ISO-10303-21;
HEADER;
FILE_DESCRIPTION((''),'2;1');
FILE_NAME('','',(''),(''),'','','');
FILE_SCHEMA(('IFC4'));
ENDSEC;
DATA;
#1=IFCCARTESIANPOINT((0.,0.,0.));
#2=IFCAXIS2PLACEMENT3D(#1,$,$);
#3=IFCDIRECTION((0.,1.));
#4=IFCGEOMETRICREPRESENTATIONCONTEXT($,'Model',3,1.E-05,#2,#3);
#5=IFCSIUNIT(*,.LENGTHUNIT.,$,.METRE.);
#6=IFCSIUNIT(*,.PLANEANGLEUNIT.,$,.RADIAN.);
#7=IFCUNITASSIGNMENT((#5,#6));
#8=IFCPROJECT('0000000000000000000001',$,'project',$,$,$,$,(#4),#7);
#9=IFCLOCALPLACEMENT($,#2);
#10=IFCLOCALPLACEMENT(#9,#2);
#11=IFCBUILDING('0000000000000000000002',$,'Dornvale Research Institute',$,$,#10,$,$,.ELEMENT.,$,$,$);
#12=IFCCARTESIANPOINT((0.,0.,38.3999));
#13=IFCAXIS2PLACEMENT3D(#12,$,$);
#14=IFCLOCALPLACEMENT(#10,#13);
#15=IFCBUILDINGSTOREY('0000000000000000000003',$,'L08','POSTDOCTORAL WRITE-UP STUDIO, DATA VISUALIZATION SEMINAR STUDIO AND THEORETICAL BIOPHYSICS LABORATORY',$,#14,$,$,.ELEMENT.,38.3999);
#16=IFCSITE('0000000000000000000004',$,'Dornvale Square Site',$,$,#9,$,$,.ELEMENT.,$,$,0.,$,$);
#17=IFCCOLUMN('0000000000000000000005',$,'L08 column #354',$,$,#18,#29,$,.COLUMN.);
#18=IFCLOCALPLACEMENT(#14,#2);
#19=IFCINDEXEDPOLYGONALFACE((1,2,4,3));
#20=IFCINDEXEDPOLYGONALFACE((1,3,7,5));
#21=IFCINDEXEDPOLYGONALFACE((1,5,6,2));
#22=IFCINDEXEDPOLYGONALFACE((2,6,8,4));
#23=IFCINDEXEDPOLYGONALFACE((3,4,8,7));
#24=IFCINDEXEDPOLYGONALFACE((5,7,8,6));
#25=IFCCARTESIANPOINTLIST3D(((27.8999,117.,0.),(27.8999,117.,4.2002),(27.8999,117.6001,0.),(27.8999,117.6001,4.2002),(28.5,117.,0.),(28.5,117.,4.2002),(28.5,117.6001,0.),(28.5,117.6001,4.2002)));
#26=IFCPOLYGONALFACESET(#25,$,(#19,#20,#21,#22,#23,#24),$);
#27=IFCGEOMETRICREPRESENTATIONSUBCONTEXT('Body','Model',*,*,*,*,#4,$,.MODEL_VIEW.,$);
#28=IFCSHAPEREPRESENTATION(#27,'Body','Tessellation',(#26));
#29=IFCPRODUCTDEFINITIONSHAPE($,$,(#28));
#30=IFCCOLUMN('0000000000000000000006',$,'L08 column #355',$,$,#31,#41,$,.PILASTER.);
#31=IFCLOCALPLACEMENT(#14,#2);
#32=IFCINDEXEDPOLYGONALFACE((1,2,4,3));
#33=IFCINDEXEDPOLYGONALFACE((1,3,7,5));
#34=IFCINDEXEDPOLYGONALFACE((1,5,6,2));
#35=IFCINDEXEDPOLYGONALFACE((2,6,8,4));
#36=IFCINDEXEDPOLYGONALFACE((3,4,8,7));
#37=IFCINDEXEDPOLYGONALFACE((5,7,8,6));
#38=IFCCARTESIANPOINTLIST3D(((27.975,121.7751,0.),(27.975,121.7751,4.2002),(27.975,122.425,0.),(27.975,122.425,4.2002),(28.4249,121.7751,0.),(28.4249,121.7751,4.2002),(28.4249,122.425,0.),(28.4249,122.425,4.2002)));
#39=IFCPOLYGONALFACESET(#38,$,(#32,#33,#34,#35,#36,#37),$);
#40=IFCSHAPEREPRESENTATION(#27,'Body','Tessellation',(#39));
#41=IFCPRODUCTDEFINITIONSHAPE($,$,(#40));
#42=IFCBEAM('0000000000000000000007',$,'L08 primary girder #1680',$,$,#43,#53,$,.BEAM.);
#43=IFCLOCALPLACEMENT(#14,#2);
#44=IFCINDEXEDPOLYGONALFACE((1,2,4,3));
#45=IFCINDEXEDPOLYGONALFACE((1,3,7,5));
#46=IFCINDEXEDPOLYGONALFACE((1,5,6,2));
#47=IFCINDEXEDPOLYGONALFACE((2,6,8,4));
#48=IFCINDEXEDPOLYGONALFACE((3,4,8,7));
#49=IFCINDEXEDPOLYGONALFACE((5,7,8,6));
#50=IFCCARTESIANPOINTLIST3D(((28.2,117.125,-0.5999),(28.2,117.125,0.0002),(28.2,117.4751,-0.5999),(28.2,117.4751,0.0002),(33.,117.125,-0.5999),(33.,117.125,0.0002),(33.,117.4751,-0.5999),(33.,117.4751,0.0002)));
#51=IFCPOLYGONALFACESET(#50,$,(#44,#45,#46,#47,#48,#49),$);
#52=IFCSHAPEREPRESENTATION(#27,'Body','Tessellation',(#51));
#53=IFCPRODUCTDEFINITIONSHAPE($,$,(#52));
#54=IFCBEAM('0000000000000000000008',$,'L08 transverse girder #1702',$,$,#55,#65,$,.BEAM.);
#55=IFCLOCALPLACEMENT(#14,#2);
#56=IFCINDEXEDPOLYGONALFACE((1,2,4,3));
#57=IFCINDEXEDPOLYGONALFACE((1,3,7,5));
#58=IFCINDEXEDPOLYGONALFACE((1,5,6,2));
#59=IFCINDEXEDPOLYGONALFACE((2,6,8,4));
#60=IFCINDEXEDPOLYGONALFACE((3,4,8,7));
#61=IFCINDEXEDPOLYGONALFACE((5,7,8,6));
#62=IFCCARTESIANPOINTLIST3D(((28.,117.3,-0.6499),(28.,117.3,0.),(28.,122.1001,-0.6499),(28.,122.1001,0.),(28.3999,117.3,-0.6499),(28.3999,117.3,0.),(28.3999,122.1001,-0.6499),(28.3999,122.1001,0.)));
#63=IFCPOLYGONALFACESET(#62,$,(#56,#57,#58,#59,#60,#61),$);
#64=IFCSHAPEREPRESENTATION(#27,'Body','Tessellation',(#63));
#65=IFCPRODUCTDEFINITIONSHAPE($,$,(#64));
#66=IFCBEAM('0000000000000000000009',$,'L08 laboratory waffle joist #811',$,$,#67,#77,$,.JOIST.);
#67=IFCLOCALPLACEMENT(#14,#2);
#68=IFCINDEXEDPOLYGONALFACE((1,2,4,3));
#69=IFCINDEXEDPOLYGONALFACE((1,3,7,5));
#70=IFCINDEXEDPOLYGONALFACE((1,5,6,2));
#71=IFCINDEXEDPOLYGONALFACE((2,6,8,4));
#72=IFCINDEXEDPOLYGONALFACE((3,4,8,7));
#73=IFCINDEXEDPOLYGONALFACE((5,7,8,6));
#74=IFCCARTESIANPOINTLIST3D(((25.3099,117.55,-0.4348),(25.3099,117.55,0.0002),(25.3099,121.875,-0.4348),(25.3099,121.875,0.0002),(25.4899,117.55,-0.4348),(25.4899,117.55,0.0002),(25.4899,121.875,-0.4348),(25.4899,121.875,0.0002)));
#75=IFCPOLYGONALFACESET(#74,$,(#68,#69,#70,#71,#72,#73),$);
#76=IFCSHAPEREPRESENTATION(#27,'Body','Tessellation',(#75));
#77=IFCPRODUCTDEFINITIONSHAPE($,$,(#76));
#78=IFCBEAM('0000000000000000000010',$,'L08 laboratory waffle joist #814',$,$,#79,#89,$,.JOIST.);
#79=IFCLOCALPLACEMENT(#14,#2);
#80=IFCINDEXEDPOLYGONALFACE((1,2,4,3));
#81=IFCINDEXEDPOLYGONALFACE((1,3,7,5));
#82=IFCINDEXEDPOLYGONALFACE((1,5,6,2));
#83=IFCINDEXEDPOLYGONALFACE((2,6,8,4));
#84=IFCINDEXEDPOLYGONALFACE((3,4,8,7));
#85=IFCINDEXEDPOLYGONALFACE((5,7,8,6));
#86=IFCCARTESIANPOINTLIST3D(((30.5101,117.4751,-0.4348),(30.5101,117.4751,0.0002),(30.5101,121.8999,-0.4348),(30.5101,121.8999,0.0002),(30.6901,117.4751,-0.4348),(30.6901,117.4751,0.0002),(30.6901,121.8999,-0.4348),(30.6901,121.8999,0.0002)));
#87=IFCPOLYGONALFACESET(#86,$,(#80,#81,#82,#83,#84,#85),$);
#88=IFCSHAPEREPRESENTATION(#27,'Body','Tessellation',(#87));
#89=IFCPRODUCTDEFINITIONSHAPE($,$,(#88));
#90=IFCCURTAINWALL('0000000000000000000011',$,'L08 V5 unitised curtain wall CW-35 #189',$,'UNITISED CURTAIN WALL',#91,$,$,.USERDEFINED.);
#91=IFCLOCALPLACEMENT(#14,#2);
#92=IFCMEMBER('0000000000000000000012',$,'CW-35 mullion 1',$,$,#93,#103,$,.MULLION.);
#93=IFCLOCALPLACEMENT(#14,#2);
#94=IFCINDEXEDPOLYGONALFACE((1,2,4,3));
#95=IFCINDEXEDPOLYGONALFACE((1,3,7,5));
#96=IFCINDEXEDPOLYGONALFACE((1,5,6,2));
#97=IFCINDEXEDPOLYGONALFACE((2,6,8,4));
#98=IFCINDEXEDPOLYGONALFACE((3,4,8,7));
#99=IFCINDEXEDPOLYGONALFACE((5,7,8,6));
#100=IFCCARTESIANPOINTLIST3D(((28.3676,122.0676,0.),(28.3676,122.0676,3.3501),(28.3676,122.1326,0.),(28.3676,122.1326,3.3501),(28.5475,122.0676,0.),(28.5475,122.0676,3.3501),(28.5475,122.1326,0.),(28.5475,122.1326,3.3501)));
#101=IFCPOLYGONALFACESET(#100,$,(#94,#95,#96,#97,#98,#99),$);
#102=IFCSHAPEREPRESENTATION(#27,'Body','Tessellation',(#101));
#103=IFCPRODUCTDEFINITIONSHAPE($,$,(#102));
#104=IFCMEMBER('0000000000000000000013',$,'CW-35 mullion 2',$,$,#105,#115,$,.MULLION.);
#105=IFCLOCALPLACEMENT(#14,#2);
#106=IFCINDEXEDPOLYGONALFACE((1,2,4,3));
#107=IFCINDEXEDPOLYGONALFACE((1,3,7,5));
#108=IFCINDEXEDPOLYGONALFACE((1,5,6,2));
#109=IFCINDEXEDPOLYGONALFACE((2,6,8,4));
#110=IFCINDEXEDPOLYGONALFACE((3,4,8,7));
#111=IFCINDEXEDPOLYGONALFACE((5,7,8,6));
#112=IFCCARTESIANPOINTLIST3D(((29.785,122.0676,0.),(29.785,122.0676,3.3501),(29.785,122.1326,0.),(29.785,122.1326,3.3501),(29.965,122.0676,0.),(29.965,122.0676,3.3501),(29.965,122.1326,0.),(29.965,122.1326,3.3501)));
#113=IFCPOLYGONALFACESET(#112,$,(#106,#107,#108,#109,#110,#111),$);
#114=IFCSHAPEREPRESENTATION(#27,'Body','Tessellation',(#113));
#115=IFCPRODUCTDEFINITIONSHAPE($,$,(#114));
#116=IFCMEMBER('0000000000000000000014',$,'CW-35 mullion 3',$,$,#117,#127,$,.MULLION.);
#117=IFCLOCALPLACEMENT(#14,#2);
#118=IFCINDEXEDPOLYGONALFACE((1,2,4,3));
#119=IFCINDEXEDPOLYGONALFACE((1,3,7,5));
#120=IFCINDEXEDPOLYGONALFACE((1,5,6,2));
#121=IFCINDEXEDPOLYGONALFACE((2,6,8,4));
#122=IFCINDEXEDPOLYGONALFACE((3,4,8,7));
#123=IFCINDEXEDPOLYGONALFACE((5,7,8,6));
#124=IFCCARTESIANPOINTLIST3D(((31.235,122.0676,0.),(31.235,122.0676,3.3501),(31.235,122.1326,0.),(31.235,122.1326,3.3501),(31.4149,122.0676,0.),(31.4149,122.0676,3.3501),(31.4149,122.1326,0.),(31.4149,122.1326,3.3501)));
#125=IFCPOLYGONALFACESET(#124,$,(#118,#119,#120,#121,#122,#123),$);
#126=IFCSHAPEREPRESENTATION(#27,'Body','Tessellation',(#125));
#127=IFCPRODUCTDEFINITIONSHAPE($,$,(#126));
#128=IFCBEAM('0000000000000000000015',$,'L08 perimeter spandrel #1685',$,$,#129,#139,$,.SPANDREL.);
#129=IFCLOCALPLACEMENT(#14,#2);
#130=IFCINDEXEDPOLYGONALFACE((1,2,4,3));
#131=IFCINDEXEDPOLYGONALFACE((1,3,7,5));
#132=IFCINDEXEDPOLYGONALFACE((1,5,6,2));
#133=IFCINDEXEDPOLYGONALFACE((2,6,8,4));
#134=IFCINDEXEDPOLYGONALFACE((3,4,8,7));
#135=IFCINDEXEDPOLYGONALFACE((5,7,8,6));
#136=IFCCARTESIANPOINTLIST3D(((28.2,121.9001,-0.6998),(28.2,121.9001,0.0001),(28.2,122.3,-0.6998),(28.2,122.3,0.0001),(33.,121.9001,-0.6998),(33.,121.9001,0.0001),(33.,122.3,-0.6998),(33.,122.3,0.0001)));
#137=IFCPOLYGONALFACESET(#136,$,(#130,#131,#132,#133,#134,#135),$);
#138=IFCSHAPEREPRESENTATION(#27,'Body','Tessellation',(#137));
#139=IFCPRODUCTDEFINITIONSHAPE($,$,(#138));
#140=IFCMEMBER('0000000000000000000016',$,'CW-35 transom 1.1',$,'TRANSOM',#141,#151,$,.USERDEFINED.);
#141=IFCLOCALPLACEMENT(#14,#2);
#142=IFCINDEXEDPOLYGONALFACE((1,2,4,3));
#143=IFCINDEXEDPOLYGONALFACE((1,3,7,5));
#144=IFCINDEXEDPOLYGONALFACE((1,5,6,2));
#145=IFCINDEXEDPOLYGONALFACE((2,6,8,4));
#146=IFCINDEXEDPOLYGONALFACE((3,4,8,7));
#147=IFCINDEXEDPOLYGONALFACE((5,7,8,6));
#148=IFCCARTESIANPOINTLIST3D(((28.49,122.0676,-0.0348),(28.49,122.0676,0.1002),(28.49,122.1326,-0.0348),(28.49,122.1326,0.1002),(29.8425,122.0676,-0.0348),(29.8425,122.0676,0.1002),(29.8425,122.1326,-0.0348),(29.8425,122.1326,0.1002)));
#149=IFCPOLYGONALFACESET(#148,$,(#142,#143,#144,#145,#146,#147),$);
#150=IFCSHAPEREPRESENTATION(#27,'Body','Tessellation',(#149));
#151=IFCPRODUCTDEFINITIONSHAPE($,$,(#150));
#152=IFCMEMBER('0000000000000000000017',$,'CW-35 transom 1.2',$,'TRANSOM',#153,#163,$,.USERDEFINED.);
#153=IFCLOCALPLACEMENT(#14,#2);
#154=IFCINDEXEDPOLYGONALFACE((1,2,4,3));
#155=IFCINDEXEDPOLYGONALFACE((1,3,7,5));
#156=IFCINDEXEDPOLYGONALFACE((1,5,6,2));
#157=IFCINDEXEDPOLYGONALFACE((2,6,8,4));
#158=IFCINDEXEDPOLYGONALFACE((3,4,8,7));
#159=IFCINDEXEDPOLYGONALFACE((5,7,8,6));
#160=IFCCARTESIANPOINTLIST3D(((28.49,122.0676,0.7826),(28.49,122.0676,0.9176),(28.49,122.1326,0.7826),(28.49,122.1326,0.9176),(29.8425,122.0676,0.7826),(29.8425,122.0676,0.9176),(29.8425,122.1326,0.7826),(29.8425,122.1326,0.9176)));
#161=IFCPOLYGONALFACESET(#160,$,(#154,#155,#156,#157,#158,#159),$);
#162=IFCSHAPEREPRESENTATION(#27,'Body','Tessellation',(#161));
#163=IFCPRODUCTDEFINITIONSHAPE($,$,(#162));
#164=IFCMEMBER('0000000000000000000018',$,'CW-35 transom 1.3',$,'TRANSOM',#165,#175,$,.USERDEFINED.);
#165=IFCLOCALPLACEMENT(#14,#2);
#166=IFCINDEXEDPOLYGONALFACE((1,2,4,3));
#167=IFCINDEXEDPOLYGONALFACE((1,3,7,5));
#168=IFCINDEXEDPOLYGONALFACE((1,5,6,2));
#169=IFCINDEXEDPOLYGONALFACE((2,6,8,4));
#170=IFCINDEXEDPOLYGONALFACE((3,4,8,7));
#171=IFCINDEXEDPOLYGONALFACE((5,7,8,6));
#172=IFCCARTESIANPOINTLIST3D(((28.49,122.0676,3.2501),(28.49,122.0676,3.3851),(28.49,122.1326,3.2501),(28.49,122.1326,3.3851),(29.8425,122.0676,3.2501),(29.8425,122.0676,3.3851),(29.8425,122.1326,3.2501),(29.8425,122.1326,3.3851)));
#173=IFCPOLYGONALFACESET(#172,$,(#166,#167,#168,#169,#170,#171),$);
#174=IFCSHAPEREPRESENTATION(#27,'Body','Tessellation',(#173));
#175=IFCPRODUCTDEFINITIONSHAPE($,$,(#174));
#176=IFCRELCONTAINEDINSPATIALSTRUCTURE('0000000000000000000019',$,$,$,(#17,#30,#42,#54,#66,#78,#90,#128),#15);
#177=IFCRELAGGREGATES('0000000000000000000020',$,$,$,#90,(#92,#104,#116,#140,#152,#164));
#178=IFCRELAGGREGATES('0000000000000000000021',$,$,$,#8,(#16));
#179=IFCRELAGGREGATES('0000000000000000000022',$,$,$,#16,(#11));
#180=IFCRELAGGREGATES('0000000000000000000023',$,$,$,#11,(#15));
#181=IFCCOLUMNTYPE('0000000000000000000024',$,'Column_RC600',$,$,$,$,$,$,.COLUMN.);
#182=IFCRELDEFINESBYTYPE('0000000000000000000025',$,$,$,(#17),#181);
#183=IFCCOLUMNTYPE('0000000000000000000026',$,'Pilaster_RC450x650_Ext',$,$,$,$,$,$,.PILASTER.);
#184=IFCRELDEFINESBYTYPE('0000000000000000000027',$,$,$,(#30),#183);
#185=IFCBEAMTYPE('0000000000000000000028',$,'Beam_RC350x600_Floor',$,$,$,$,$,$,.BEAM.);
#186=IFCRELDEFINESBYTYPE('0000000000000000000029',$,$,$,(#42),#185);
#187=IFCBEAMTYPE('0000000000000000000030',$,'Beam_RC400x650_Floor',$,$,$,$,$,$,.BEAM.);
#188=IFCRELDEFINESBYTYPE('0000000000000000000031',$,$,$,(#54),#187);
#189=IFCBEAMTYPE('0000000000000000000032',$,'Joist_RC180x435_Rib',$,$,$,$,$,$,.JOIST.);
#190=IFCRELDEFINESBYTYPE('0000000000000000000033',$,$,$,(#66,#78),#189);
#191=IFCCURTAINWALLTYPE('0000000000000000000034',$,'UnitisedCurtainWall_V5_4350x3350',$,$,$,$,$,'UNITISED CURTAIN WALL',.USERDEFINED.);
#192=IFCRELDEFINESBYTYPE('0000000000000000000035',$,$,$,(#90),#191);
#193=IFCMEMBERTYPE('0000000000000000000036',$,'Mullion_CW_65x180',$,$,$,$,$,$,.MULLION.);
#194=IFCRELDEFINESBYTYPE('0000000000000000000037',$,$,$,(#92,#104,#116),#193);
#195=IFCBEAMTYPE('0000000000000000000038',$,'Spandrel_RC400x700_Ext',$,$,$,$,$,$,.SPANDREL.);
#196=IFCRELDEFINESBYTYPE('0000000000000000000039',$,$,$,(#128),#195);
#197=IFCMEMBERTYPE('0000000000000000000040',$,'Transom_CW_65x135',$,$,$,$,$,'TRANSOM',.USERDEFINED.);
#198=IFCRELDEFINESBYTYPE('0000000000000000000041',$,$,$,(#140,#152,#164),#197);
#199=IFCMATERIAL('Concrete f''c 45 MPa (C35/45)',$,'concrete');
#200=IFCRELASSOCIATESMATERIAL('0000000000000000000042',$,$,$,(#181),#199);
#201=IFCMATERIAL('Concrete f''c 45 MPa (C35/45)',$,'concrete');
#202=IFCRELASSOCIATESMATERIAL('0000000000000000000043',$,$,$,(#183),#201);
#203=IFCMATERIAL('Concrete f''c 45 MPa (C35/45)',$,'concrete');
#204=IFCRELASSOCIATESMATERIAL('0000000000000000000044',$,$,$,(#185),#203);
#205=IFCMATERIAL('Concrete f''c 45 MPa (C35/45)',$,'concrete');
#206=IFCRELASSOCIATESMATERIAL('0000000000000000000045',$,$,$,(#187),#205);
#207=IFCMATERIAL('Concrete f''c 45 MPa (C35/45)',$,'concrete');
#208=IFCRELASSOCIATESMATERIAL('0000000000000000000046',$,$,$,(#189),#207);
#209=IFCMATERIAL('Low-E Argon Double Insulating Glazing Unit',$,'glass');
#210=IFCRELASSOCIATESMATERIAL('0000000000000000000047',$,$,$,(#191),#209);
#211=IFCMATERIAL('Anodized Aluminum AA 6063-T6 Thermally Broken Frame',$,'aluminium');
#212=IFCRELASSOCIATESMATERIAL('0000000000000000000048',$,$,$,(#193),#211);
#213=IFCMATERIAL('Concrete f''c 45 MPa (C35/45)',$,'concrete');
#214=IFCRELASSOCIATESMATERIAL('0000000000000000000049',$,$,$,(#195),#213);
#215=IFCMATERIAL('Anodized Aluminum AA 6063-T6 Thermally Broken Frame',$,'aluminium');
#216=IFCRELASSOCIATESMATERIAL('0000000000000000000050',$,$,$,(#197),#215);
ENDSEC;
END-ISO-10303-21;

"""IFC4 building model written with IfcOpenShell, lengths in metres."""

from ifc_helpers import new_model, si_unit, direction, frame, origin, origin_2d, place, context, subcontext, project, spatial, rectangle, extrude, material, material_profile, profile_set, type_object, element, aggregate, save


model = new_model("IFC4")

# Units and contexts
model_context = context("Model", 3, precision=1e-05, world=origin(), true_north=direction((0.0, 1.0)))
body_context = subcontext(model_context, "Body", "Model", "MODEL_VIEW")
ifc_project = project(units=[si_unit("LENGTHUNIT", "METRE"), si_unit("PLANEANGLEUNIT", "RADIAN")], contexts=[model_context])

# Site, building, storey
site_placement = place(None, origin())
site = spatial("IfcSite", under=ifc_project, at=site_placement, Name="Dornvale Square Site", CompositionType="ELEMENT", RefElevation=0.0)
building_placement = place(site_placement, origin())
building = spatial("IfcBuilding", under=site, at=building_placement, Name="Dornvale Research Institute", CompositionType="ELEMENT")
storey_placement = place(building_placement, frame((0.0, 0.0, 38.3999)))
storey = spatial("IfcBuildingStorey", under=building, at=storey_placement, Name="L08", Description="POSTDOCTORAL WRITE-UP STUDIO, DATA VISUALIZATION SEMINAR STUDIO AND THEORETICAL BIOPHYSICS LABORATORY", CompositionType="ELEMENT", Elevation=38.3999)

# Columns
ifc_material_1 = material(Name="Concrete f'c 45 MPa (C35/45)", Category="concrete")
ifc_material_profile_1 = material_profile(ifc_material_1, rectangle(XDim=0.6001, YDim=0.6001, at=origin_2d()), Name="RC 600x600")
ifc_profile_set_1 = profile_set([ifc_material_profile_1], Name="Concrete f'c 45 MPa (C35/45)")
column_type_1 = type_object("IfcColumnType", Name="Column_RC600", PredefinedType="COLUMN", material=ifc_profile_set_1)
column_1_placement = place(storey_placement, frame((28.2, 117.3, 0.0), z_axis=(0.0, 0.0, 1.0), x_axis=(1.0, 0.0, 0.0)))
element("IfcColumn", 1, at=column_1_placement, inside=storey, type_object=column_type_1, Name="L08 column #354", PredefinedType="COLUMN", context=body_context, shape_type="SweptSolid", body=[
    extrude(rectangle(XDim=0.6001, YDim=0.6001, at=origin_2d()), origin(), (0.0, 0.0, 1.0), 4.2002),
])
ifc_material_2 = material(Name="Concrete f'c 45 MPa (C35/45)", Category="concrete")
ifc_material_profile_2 = material_profile(ifc_material_2, rectangle(XDim=0.45, YDim=0.6499, at=origin_2d()), Name="RC 450x650")
ifc_profile_set_2 = profile_set([ifc_material_profile_2], Name="Concrete f'c 45 MPa (C35/45)")
column_type_2 = type_object("IfcColumnType", Name="Pilaster_RC450x650_Ext", PredefinedType="PILASTER", material=ifc_profile_set_2)
column_2_placement = place(storey_placement, frame((28.2, 122.1001, 0.0), z_axis=(0.0, 0.0, 1.0), x_axis=(1.0, 0.0, 0.0)))
element("IfcColumn", 2, at=column_2_placement, inside=storey, type_object=column_type_2, Name="L08 column #355", PredefinedType="PILASTER", context=body_context, shape_type="SweptSolid", body=[
    extrude(rectangle(XDim=0.45, YDim=0.6499, at=origin_2d()), origin(), (0.0, 0.0, 1.0), 4.2002),
])

# Beams
ifc_material_3 = material(Name="Concrete f'c 45 MPa (C35/45)", Category="concrete")
ifc_material_profile_3 = material_profile(ifc_material_3, rectangle(XDim=0.3501, YDim=0.6001, at=origin_2d()), Name="RC 350x600")
ifc_profile_set_3 = profile_set([ifc_material_profile_3], Name="Concrete f'c 45 MPa (C35/45)")
beam_type_1 = type_object("IfcBeamType", Name="Beam_RC350x600_Floor", PredefinedType="BEAM", material=ifc_profile_set_3)
beam_1_placement = place(storey_placement, frame((28.2, 117.3, -0.2998), z_axis=(1.0, 0.0, 0.0), x_axis=(0.0, 1.0, 0.0)))
element("IfcBeam", 3, at=beam_1_placement, inside=storey, type_object=beam_type_1, Name="L08 primary girder #1680", PredefinedType="BEAM", context=body_context, shape_type="SweptSolid", body=[
    extrude(rectangle(XDim=0.3501, YDim=0.6001, at=origin_2d()), origin(), (0.0, 0.0, 1.0), 4.8),
])
ifc_material_4 = material(Name="Concrete f'c 45 MPa (C35/45)", Category="concrete")
ifc_material_profile_4 = material_profile(ifc_material_4, rectangle(XDim=0.3999, YDim=0.6499, at=origin_2d()), Name="RC 400x650")
ifc_profile_set_4 = profile_set([ifc_material_profile_4], Name="Concrete f'c 45 MPa (C35/45)")
beam_type_2 = type_object("IfcBeamType", Name="Beam_RC400x650_Floor", PredefinedType="BEAM", material=ifc_profile_set_4)
beam_2_placement = place(storey_placement, frame((28.2, 117.3, -0.325), z_axis=(0.0, 1.0, 0.0), x_axis=(-1.0, 0.0, 0.0)))
element("IfcBeam", 4, at=beam_2_placement, inside=storey, type_object=beam_type_2, Name="L08 transverse girder #1702", PredefinedType="BEAM", context=body_context, shape_type="SweptSolid", body=[
    extrude(rectangle(XDim=0.3999, YDim=0.6499, at=origin_2d()), origin(), (0.0, 0.0, 1.0), 4.8),
])
ifc_material_5 = material(Name="Concrete f'c 45 MPa (C35/45)", Category="concrete")
ifc_material_profile_5 = material_profile(ifc_material_5, rectangle(XDim=0.1799, YDim=0.4351, at=origin_2d()), Name="RC 180x435")
ifc_profile_set_5 = profile_set([ifc_material_profile_5], Name="Concrete f'c 45 MPa (C35/45)")
beam_type_3 = type_object("IfcBeamType", Name="Joist_RC180x435_Rib", PredefinedType="JOIST", material=ifc_profile_set_5)
beam_3_placement = place(storey_placement, frame((25.3999, 117.55, -0.2173), z_axis=(0.0, 1.0, 0.0), x_axis=(-1.0, 0.0, 0.0)))
element("IfcBeam", 5, at=beam_3_placement, inside=storey, type_object=beam_type_3, Name="L08 laboratory waffle joist #811", PredefinedType="JOIST", context=body_context, shape_type="SweptSolid", body=[
    extrude(rectangle(XDim=0.1799, YDim=0.4351, at=origin_2d()), origin(), (0.0, 0.0, 1.0), 4.325),
])
beam_4_placement = place(storey_placement, frame((30.6001, 117.4751, -0.2173), z_axis=(0.0, 1.0, 0.0), x_axis=(-1.0, 0.0, 0.0)))
element("IfcBeam", 6, at=beam_4_placement, inside=storey, type_object=beam_type_3, Name="L08 laboratory waffle joist #814", PredefinedType="JOIST", context=body_context, shape_type="SweptSolid", body=[
    extrude(rectangle(XDim=0.1799, YDim=0.4351, at=origin_2d()), origin(), (0.0, 0.0, 1.0), 4.4248),
])

# Curtain wall, members
ifc_material_6 = material(Name="Low-E Argon Double Insulating Glazing Unit", Category="glass")
curtain_wall_type = type_object("IfcCurtainWallType", Name="UnitisedCurtainWall_V5_4350x3350", ElementType="UNITISED CURTAIN WALL", PredefinedType="USERDEFINED", material=ifc_material_6)
curtain_wall_placement = place(storey_placement, origin())
curtain_wall = element("IfcCurtainWall", 7, at=curtain_wall_placement, inside=storey, type_object=curtain_wall_type, Name="L08 V5 unitised curtain wall CW-35 #189", ObjectType="UNITISED CURTAIN WALL", PredefinedType="USERDEFINED")
ifc_material_7 = material(Name="Anodized Aluminum AA 6063-T6 Thermally Broken Frame", Category="aluminium")
ifc_material_profile_6 = material_profile(ifc_material_7, rectangle(XDim=0.0649, YDim=0.1799, at=origin_2d()), Name="ALU MULLION 65x180")
ifc_profile_set_6 = profile_set([ifc_material_profile_6], Name="Anodized Aluminum AA 6063-T6 Thermally Broken Frame")
member_type_1 = type_object("IfcMemberType", Name="Mullion_CW_65x180", PredefinedType="MULLION", material=ifc_profile_set_6)
member_1_placement = place(storey_placement, frame((28.4575, 122.1001, 0.0), z_axis=(0.0, 0.0, 1.0), x_axis=(0.0, 1.0, 0.0)))
member_1 = element("IfcMember", 8, at=member_1_placement, type_object=member_type_1, Name="CW-35 mullion 1", PredefinedType="MULLION", context=body_context, shape_type="SweptSolid", body=[
    extrude(rectangle(XDim=0.0649, YDim=0.1799, at=origin_2d()), origin(), (0.0, 0.0, 1.0), 3.3501),
])
member_2_placement = place(storey_placement, frame((29.875, 122.1001, 0.0), z_axis=(0.0, 0.0, 1.0), x_axis=(0.0, 1.0, 0.0)))
member_2 = element("IfcMember", 9, at=member_2_placement, type_object=member_type_1, Name="CW-35 mullion 2", PredefinedType="MULLION", context=body_context, shape_type="SweptSolid", body=[
    extrude(rectangle(XDim=0.0649, YDim=0.1799, at=origin_2d()), origin(), (0.0, 0.0, 1.0), 3.3501),
])
member_3_placement = place(storey_placement, frame((31.325, 122.1001, 0.0), z_axis=(0.0, 0.0, 1.0), x_axis=(0.0, 1.0, 0.0)))
member_3 = element("IfcMember", 10, at=member_3_placement, type_object=member_type_1, Name="CW-35 mullion 3", PredefinedType="MULLION", context=body_context, shape_type="SweptSolid", body=[
    extrude(rectangle(XDim=0.0649, YDim=0.1799, at=origin_2d()), origin(), (0.0, 0.0, 1.0), 3.3501),
])

# Beam
ifc_material_8 = material(Name="Concrete f'c 45 MPa (C35/45)", Category="concrete")
ifc_material_profile_7 = material_profile(ifc_material_8, rectangle(XDim=0.3999, YDim=0.7, at=origin_2d()), Name="RC 400x700")
ifc_profile_set_7 = profile_set([ifc_material_profile_7], Name="Concrete f'c 45 MPa (C35/45)")
beam_type_4 = type_object("IfcBeamType", Name="Spandrel_RC400x700_Ext", PredefinedType="SPANDREL", material=ifc_profile_set_7)
beam_5_placement = place(storey_placement, frame((28.2, 122.1001, -0.3499), z_axis=(1.0, 0.0, 0.0), x_axis=(0.0, 1.0, 0.0)))
element("IfcBeam", 11, at=beam_5_placement, inside=storey, type_object=beam_type_4, Name="L08 perimeter spandrel #1685", PredefinedType="SPANDREL", context=body_context, shape_type="SweptSolid", body=[
    extrude(rectangle(XDim=0.3999, YDim=0.7, at=origin_2d()), origin(), (0.0, 0.0, 1.0), 4.8),
])

# Members
ifc_material_9 = material(Name="Anodized Aluminum AA 6063-T6 Thermally Broken Frame", Category="aluminium")
ifc_material_profile_8 = material_profile(ifc_material_9, rectangle(XDim=0.0649, YDim=0.135, at=origin_2d()), Name="ALU TRANSOM 65x135")
ifc_profile_set_8 = profile_set([ifc_material_profile_8], Name="Anodized Aluminum AA 6063-T6 Thermally Broken Frame")
member_type_2 = type_object("IfcMemberType", Name="Transom_CW_65x135", ElementType="TRANSOM", PredefinedType="USERDEFINED", material=ifc_profile_set_8)
member_4_placement = place(storey_placement, frame((28.49, 122.1001, 0.0327), z_axis=(1.0, 0.0, 0.0), x_axis=(0.0, 1.0, 0.0)))
member_4 = element("IfcMember", 12, at=member_4_placement, type_object=member_type_2, Name="CW-35 transom 1.1", ObjectType="TRANSOM", PredefinedType="USERDEFINED", context=body_context, shape_type="SweptSolid", body=[
    extrude(rectangle(XDim=0.0649, YDim=0.135, at=origin_2d()), origin(), (0.0, 0.0, 1.0), 1.3525),
])
member_5_placement = place(storey_placement, frame((28.49, 122.1001, 0.8501), z_axis=(1.0, 0.0, 0.0), x_axis=(0.0, 1.0, 0.0)))
member_5 = element("IfcMember", 13, at=member_5_placement, type_object=member_type_2, Name="CW-35 transom 1.2", ObjectType="TRANSOM", PredefinedType="USERDEFINED", context=body_context, shape_type="SweptSolid", body=[
    extrude(rectangle(XDim=0.0649, YDim=0.135, at=origin_2d()), origin(), (0.0, 0.0, 1.0), 1.3525),
])
member_6_placement = place(storey_placement, frame((28.49, 122.1001, 3.3176), z_axis=(1.0, 0.0, 0.0), x_axis=(0.0, 1.0, 0.0)))
member_6 = element("IfcMember", 14, at=member_6_placement, type_object=member_type_2, Name="CW-35 transom 1.3", ObjectType="TRANSOM", PredefinedType="USERDEFINED", context=body_context, shape_type="SweptSolid", body=[
    extrude(rectangle(XDim=0.0649, YDim=0.135, at=origin_2d()), origin(), (0.0, 0.0, 1.0), 1.3525),
])

aggregate(curtain_wall, [member_1, member_2, member_3, member_4, member_5, member_6])

save(model, "model.ifc")
